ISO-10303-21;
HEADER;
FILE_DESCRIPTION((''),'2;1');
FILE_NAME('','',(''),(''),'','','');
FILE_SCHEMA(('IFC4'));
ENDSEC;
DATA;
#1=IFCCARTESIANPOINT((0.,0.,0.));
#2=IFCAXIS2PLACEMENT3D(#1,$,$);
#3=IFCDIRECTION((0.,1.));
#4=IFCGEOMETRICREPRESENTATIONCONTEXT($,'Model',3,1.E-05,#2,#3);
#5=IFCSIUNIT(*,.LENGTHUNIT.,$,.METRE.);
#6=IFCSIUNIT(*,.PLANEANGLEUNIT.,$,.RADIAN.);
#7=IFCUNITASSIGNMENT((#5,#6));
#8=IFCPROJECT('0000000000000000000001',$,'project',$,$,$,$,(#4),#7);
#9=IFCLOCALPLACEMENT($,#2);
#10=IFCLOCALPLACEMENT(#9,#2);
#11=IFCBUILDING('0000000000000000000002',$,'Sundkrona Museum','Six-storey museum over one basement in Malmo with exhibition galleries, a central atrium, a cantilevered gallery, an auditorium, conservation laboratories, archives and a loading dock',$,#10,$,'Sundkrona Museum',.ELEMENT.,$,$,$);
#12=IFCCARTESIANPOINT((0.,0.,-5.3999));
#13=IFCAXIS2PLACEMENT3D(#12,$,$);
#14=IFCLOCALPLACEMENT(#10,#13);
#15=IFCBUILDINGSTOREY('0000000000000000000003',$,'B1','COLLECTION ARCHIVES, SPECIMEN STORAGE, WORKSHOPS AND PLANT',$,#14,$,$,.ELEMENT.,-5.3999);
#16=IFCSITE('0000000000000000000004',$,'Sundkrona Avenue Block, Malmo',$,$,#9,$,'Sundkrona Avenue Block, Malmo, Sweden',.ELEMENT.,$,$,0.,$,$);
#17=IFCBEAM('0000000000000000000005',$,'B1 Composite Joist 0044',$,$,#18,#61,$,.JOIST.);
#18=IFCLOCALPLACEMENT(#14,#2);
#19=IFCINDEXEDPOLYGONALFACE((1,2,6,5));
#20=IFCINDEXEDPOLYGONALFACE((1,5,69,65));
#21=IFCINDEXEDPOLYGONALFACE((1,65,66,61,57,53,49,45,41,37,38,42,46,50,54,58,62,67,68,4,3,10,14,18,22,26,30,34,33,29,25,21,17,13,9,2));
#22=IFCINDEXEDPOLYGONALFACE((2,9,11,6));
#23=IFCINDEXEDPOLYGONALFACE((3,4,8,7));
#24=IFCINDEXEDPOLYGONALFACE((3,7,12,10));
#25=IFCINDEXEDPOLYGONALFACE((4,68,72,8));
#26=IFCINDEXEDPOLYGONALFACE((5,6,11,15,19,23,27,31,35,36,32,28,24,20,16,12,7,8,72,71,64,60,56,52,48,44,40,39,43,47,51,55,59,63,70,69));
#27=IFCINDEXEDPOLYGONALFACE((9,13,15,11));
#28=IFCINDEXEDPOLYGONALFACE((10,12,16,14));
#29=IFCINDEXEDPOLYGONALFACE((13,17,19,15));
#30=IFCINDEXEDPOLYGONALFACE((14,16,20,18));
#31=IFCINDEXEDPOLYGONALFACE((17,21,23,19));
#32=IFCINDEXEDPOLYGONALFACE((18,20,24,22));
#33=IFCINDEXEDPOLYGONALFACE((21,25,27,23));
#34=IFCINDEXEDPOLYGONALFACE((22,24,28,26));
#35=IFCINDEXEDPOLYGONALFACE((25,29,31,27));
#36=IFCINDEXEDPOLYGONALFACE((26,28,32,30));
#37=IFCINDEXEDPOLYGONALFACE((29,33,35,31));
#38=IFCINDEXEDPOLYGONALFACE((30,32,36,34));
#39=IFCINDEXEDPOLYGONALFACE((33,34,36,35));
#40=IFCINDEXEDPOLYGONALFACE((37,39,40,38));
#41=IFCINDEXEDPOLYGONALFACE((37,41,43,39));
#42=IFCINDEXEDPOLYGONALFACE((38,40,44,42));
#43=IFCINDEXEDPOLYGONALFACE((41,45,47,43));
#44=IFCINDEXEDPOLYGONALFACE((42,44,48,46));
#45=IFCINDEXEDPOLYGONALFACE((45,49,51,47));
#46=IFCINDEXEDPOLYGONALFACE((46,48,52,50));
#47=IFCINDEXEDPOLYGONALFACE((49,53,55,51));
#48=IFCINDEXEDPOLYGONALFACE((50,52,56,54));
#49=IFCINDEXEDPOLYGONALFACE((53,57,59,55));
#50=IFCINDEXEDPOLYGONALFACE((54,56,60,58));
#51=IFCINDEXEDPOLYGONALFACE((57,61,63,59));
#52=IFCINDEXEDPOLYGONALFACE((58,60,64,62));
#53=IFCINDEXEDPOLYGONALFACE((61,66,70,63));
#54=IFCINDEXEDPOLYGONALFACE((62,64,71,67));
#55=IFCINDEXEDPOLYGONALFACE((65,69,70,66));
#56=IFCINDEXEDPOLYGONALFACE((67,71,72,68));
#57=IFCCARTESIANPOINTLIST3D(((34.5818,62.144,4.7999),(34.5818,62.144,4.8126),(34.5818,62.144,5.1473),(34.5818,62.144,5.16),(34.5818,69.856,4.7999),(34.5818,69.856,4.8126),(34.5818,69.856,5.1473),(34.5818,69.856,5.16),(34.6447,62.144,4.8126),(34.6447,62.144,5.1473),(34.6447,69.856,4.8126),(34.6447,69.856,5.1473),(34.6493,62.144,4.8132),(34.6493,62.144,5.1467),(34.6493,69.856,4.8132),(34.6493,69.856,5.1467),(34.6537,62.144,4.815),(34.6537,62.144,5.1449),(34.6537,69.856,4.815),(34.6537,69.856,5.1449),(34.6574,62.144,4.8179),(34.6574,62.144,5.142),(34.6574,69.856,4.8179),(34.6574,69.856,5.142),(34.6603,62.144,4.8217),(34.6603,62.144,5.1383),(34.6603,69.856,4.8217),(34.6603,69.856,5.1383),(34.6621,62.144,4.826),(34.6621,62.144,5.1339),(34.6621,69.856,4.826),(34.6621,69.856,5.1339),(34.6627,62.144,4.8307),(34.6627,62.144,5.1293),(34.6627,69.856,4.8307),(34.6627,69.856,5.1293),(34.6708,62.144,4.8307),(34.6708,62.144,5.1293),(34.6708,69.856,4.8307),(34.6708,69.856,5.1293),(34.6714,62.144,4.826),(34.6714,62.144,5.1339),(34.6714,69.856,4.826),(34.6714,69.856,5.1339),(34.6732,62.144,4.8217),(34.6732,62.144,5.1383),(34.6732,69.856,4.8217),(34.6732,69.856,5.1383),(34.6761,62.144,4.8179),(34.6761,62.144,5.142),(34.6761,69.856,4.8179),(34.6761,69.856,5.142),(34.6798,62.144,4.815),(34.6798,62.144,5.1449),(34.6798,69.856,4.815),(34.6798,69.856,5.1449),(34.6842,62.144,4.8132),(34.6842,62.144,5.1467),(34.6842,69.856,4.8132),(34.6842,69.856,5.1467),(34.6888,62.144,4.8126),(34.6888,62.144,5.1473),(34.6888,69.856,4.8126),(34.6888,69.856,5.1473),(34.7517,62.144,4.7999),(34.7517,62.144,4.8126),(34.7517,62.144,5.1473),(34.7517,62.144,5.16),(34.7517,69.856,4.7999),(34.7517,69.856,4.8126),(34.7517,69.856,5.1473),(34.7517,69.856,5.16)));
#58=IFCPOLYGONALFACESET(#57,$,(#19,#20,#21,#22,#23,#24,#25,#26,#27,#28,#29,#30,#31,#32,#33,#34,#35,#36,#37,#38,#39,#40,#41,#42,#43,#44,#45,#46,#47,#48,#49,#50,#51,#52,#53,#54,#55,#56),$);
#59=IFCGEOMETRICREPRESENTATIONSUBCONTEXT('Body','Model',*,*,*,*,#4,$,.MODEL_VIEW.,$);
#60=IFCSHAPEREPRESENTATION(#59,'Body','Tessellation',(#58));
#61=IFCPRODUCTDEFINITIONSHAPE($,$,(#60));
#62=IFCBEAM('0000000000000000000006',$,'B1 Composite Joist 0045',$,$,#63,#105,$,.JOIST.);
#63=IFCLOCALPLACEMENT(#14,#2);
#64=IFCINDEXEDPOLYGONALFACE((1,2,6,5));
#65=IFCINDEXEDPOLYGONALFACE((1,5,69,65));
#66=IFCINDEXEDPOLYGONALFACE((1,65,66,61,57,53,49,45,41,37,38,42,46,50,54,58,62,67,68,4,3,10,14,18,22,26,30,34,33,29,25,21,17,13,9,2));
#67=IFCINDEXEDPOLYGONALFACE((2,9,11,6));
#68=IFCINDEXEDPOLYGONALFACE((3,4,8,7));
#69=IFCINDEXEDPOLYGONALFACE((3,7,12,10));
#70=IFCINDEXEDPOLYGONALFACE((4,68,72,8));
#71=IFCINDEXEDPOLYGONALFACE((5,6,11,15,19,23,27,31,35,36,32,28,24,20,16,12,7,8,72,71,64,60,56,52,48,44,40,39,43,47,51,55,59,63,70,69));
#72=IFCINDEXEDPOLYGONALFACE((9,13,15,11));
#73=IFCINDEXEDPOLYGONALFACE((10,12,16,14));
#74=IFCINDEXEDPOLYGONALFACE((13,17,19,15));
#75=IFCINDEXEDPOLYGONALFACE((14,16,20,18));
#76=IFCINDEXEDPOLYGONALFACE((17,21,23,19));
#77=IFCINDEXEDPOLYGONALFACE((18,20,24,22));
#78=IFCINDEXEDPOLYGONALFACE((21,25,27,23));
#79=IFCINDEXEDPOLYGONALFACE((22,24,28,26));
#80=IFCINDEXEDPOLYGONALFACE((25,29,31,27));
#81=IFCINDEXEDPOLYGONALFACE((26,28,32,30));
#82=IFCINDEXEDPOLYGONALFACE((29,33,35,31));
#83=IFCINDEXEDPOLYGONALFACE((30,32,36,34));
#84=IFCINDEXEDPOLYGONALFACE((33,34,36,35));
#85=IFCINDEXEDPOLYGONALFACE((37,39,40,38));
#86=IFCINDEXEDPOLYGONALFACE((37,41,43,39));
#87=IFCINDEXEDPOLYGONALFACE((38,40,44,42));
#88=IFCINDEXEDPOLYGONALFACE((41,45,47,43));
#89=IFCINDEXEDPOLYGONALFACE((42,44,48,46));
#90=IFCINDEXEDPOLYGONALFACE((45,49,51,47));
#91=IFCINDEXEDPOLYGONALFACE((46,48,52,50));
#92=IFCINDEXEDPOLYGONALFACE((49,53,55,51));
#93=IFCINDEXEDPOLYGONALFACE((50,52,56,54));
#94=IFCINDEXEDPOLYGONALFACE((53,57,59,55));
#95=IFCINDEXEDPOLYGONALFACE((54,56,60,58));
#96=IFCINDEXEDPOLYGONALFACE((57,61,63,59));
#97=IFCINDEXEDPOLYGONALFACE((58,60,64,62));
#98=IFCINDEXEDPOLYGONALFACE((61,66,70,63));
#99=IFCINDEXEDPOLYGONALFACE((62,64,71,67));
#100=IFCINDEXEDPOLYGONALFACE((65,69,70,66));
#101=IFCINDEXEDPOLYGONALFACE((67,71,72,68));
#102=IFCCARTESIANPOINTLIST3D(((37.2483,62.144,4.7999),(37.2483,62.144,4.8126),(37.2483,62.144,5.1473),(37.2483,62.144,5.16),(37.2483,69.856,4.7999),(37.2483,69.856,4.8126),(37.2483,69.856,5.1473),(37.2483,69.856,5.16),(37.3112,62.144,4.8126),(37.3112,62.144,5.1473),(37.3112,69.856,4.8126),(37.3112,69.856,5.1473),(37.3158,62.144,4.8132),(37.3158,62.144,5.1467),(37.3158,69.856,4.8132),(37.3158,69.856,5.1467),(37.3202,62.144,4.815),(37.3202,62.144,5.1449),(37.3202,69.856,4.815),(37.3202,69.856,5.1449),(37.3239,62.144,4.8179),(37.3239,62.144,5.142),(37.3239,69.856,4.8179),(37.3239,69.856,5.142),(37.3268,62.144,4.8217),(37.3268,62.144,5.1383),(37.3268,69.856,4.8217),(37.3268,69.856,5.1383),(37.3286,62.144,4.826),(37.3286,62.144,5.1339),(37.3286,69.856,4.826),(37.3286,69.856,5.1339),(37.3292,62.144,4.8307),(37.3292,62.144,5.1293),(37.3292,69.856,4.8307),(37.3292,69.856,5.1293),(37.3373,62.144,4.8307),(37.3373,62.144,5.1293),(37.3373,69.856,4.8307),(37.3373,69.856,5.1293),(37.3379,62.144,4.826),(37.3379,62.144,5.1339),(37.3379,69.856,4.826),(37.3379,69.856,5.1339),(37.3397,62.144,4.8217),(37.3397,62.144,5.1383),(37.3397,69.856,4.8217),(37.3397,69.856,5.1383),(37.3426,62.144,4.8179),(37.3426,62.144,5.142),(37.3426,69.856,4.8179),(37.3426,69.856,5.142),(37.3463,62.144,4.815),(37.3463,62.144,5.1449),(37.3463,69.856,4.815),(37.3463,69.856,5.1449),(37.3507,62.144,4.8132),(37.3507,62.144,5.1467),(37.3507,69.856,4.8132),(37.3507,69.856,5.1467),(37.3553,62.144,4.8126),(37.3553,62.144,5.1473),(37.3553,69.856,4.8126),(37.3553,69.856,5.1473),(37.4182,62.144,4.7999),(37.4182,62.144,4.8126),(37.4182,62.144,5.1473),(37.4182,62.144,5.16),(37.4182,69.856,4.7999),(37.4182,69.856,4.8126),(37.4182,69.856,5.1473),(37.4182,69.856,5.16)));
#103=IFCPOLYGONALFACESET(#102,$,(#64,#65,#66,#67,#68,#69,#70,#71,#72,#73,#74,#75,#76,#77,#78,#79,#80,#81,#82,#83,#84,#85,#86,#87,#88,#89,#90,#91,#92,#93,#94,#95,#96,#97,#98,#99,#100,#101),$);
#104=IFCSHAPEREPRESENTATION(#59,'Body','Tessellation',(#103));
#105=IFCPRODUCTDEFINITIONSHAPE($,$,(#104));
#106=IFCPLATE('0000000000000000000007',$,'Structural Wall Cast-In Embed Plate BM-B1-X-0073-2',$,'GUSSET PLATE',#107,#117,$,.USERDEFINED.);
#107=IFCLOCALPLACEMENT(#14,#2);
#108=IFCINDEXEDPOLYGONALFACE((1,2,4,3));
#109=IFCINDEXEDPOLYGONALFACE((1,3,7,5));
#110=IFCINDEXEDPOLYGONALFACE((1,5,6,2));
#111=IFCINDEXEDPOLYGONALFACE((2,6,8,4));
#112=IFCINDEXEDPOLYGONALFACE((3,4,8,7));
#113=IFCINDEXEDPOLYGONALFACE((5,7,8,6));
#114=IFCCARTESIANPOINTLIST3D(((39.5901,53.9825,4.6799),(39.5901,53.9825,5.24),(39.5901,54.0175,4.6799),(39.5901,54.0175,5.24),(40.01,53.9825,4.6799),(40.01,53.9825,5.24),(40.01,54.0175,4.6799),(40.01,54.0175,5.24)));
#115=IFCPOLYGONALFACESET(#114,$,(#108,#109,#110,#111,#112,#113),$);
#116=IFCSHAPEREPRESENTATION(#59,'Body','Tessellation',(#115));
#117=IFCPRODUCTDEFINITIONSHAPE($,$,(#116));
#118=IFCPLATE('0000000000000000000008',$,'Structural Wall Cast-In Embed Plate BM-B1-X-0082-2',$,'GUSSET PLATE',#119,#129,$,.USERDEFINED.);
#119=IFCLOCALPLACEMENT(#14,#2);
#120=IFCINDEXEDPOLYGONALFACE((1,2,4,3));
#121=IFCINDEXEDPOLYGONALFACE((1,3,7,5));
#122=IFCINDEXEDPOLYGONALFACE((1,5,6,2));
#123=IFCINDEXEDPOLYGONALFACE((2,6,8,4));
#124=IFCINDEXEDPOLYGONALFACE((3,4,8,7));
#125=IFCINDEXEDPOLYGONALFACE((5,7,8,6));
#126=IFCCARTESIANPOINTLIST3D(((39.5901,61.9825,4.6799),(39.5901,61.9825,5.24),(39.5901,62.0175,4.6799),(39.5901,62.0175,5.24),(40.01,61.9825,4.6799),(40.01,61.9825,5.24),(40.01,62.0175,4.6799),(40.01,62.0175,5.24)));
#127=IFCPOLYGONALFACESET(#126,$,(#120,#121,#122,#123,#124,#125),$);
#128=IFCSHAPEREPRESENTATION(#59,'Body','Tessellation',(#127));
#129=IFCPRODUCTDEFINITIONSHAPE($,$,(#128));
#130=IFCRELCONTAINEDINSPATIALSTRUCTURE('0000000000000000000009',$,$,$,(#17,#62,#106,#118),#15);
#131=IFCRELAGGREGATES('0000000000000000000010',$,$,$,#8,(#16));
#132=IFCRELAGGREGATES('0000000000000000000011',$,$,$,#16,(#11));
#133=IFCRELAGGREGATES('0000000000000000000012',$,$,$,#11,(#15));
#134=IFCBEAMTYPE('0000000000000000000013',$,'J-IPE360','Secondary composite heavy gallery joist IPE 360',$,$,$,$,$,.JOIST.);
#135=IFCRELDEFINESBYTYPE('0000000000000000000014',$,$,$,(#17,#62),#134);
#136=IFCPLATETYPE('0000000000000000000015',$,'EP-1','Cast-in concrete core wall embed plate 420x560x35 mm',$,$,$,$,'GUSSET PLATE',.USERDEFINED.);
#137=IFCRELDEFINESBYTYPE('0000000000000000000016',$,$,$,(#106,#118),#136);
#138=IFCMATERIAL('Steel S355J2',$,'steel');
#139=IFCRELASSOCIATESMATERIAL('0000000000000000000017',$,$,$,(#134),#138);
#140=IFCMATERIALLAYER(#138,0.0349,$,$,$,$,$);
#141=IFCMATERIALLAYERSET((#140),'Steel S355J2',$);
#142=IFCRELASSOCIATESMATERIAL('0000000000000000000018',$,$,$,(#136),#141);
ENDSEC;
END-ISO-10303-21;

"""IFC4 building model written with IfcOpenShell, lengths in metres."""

from ifc_helpers import new_model, si_unit, direction, frame, origin, origin_2d, place, context, subcontext, project, spatial, rectangle, i_section, extrude, material, layer, layer_set, material_profile, profile_set, type_object, element, save


model = new_model("IFC4")

# Units and contexts
model_context = context("Model", 3, precision=1e-05, world=origin(), true_north=direction((0.0, 1.0)))
body_context = subcontext(model_context, "Body", "Model", "MODEL_VIEW")
ifc_project = project(units=[si_unit("LENGTHUNIT", "METRE"), si_unit("PLANEANGLEUNIT", "RADIAN")], contexts=[model_context])

# Site, building, storey
site_placement = place(None, origin())
site = spatial("IfcSite", under=ifc_project, at=site_placement, Name="Sundkrona Avenue Block, Malmo", LongName="Sundkrona Avenue Block, Malmo, Sweden", CompositionType="ELEMENT", RefElevation=0.0)
building_placement = place(site_placement, origin())
building = spatial("IfcBuilding", under=site, at=building_placement, Name="Sundkrona Museum", Description="Six-storey museum over one basement in Malmo with exhibition galleries, a central atrium, a cantilevered gallery, an auditorium, conservation laboratories, archives and a loading dock", LongName="Sundkrona Museum", CompositionType="ELEMENT")
storey_placement = place(building_placement, frame((0.0, 0.0, -5.3999)))
storey = spatial("IfcBuildingStorey", under=building, at=storey_placement, Name="B1", Description="COLLECTION ARCHIVES, SPECIMEN STORAGE, WORKSHOPS AND PLANT", CompositionType="ELEMENT", Elevation=-5.3999)

# Beams
ifc_material_1 = material(Name="Steel S355J2", Category="steel")
ifc_material_profile_1 = material_profile(ifc_material_1, i_section(OverallWidth=0.1699, OverallDepth=0.3601, WebThickness=0.0081, FlangeThickness=0.0127, FilletRadius=0.0181, at=origin_2d()), Name="IPE 360")
ifc_profile_set_1 = profile_set([ifc_material_profile_1], Name="Steel S355J2")
beam_type_1 = type_object("IfcBeamType", Name="J-IPE360", Description="Secondary composite heavy gallery joist IPE 360", PredefinedType="JOIST", material=ifc_profile_set_1)
for number, where, z_axis, x_axis, name in (
    (1, (34.6667, 62.144, 4.98), (0.0, 1.0, 0.0), (-1.0, 0.0, 0.0), "B1 Composite Joist 0044"),
    (2, (37.3333, 62.144, 4.98), (0.0, 1.0, 0.0), (-1.0, 0.0, 0.0), "B1 Composite Joist 0045"),
):
    element("IfcBeam", number, at=place(storey_placement, frame(where, z_axis=z_axis, x_axis=x_axis)), inside=storey, type_object=beam_type_1, Name=name, PredefinedType="JOIST", context=body_context, shape_type="SweptSolid", body=[
        extrude(i_section(OverallWidth=0.1699, OverallDepth=0.3601, WebThickness=0.0081, FlangeThickness=0.0127, FilletRadius=0.0181, at=origin_2d()), origin(), (0.0, 0.0, 1.0), 7.7119),
    ])

# Plates
ifc_layer = layer(ifc_material_1, 0.0349)
ifc_layer_set = layer_set([ifc_layer], Name="Steel S355J2")
plate_type = type_object("IfcPlateType", Name="EP-1", Description="Cast-in concrete core wall embed plate 420x560x35 mm", ElementType="GUSSET PLATE", PredefinedType="USERDEFINED", material=ifc_layer_set)
for number, where, z_axis, x_axis, name in (
    (3, (39.8, 54.0, 4.6799), (0.0, 0.0, 1.0), (1.0, 0.0, 0.0), "Structural Wall Cast-In Embed Plate BM-B1-X-0073-2"),
    (4, (39.8, 62.0, 4.6799), (0.0, 0.0, 1.0), (1.0, 0.0, 0.0), "Structural Wall Cast-In Embed Plate BM-B1-X-0082-2"),
):
    element("IfcPlate", number, at=place(storey_placement, frame(where, z_axis=z_axis, x_axis=x_axis)), inside=storey, type_object=plate_type, Name=name, ObjectType="GUSSET PLATE", PredefinedType="USERDEFINED", context=body_context, shape_type="SweptSolid", body=[
        extrude(rectangle(XDim=0.4199, YDim=0.0349, at=origin_2d()), origin(), (0.0, 0.0, 1.0), 0.5601),
    ])

save(model, "model.ifc")
